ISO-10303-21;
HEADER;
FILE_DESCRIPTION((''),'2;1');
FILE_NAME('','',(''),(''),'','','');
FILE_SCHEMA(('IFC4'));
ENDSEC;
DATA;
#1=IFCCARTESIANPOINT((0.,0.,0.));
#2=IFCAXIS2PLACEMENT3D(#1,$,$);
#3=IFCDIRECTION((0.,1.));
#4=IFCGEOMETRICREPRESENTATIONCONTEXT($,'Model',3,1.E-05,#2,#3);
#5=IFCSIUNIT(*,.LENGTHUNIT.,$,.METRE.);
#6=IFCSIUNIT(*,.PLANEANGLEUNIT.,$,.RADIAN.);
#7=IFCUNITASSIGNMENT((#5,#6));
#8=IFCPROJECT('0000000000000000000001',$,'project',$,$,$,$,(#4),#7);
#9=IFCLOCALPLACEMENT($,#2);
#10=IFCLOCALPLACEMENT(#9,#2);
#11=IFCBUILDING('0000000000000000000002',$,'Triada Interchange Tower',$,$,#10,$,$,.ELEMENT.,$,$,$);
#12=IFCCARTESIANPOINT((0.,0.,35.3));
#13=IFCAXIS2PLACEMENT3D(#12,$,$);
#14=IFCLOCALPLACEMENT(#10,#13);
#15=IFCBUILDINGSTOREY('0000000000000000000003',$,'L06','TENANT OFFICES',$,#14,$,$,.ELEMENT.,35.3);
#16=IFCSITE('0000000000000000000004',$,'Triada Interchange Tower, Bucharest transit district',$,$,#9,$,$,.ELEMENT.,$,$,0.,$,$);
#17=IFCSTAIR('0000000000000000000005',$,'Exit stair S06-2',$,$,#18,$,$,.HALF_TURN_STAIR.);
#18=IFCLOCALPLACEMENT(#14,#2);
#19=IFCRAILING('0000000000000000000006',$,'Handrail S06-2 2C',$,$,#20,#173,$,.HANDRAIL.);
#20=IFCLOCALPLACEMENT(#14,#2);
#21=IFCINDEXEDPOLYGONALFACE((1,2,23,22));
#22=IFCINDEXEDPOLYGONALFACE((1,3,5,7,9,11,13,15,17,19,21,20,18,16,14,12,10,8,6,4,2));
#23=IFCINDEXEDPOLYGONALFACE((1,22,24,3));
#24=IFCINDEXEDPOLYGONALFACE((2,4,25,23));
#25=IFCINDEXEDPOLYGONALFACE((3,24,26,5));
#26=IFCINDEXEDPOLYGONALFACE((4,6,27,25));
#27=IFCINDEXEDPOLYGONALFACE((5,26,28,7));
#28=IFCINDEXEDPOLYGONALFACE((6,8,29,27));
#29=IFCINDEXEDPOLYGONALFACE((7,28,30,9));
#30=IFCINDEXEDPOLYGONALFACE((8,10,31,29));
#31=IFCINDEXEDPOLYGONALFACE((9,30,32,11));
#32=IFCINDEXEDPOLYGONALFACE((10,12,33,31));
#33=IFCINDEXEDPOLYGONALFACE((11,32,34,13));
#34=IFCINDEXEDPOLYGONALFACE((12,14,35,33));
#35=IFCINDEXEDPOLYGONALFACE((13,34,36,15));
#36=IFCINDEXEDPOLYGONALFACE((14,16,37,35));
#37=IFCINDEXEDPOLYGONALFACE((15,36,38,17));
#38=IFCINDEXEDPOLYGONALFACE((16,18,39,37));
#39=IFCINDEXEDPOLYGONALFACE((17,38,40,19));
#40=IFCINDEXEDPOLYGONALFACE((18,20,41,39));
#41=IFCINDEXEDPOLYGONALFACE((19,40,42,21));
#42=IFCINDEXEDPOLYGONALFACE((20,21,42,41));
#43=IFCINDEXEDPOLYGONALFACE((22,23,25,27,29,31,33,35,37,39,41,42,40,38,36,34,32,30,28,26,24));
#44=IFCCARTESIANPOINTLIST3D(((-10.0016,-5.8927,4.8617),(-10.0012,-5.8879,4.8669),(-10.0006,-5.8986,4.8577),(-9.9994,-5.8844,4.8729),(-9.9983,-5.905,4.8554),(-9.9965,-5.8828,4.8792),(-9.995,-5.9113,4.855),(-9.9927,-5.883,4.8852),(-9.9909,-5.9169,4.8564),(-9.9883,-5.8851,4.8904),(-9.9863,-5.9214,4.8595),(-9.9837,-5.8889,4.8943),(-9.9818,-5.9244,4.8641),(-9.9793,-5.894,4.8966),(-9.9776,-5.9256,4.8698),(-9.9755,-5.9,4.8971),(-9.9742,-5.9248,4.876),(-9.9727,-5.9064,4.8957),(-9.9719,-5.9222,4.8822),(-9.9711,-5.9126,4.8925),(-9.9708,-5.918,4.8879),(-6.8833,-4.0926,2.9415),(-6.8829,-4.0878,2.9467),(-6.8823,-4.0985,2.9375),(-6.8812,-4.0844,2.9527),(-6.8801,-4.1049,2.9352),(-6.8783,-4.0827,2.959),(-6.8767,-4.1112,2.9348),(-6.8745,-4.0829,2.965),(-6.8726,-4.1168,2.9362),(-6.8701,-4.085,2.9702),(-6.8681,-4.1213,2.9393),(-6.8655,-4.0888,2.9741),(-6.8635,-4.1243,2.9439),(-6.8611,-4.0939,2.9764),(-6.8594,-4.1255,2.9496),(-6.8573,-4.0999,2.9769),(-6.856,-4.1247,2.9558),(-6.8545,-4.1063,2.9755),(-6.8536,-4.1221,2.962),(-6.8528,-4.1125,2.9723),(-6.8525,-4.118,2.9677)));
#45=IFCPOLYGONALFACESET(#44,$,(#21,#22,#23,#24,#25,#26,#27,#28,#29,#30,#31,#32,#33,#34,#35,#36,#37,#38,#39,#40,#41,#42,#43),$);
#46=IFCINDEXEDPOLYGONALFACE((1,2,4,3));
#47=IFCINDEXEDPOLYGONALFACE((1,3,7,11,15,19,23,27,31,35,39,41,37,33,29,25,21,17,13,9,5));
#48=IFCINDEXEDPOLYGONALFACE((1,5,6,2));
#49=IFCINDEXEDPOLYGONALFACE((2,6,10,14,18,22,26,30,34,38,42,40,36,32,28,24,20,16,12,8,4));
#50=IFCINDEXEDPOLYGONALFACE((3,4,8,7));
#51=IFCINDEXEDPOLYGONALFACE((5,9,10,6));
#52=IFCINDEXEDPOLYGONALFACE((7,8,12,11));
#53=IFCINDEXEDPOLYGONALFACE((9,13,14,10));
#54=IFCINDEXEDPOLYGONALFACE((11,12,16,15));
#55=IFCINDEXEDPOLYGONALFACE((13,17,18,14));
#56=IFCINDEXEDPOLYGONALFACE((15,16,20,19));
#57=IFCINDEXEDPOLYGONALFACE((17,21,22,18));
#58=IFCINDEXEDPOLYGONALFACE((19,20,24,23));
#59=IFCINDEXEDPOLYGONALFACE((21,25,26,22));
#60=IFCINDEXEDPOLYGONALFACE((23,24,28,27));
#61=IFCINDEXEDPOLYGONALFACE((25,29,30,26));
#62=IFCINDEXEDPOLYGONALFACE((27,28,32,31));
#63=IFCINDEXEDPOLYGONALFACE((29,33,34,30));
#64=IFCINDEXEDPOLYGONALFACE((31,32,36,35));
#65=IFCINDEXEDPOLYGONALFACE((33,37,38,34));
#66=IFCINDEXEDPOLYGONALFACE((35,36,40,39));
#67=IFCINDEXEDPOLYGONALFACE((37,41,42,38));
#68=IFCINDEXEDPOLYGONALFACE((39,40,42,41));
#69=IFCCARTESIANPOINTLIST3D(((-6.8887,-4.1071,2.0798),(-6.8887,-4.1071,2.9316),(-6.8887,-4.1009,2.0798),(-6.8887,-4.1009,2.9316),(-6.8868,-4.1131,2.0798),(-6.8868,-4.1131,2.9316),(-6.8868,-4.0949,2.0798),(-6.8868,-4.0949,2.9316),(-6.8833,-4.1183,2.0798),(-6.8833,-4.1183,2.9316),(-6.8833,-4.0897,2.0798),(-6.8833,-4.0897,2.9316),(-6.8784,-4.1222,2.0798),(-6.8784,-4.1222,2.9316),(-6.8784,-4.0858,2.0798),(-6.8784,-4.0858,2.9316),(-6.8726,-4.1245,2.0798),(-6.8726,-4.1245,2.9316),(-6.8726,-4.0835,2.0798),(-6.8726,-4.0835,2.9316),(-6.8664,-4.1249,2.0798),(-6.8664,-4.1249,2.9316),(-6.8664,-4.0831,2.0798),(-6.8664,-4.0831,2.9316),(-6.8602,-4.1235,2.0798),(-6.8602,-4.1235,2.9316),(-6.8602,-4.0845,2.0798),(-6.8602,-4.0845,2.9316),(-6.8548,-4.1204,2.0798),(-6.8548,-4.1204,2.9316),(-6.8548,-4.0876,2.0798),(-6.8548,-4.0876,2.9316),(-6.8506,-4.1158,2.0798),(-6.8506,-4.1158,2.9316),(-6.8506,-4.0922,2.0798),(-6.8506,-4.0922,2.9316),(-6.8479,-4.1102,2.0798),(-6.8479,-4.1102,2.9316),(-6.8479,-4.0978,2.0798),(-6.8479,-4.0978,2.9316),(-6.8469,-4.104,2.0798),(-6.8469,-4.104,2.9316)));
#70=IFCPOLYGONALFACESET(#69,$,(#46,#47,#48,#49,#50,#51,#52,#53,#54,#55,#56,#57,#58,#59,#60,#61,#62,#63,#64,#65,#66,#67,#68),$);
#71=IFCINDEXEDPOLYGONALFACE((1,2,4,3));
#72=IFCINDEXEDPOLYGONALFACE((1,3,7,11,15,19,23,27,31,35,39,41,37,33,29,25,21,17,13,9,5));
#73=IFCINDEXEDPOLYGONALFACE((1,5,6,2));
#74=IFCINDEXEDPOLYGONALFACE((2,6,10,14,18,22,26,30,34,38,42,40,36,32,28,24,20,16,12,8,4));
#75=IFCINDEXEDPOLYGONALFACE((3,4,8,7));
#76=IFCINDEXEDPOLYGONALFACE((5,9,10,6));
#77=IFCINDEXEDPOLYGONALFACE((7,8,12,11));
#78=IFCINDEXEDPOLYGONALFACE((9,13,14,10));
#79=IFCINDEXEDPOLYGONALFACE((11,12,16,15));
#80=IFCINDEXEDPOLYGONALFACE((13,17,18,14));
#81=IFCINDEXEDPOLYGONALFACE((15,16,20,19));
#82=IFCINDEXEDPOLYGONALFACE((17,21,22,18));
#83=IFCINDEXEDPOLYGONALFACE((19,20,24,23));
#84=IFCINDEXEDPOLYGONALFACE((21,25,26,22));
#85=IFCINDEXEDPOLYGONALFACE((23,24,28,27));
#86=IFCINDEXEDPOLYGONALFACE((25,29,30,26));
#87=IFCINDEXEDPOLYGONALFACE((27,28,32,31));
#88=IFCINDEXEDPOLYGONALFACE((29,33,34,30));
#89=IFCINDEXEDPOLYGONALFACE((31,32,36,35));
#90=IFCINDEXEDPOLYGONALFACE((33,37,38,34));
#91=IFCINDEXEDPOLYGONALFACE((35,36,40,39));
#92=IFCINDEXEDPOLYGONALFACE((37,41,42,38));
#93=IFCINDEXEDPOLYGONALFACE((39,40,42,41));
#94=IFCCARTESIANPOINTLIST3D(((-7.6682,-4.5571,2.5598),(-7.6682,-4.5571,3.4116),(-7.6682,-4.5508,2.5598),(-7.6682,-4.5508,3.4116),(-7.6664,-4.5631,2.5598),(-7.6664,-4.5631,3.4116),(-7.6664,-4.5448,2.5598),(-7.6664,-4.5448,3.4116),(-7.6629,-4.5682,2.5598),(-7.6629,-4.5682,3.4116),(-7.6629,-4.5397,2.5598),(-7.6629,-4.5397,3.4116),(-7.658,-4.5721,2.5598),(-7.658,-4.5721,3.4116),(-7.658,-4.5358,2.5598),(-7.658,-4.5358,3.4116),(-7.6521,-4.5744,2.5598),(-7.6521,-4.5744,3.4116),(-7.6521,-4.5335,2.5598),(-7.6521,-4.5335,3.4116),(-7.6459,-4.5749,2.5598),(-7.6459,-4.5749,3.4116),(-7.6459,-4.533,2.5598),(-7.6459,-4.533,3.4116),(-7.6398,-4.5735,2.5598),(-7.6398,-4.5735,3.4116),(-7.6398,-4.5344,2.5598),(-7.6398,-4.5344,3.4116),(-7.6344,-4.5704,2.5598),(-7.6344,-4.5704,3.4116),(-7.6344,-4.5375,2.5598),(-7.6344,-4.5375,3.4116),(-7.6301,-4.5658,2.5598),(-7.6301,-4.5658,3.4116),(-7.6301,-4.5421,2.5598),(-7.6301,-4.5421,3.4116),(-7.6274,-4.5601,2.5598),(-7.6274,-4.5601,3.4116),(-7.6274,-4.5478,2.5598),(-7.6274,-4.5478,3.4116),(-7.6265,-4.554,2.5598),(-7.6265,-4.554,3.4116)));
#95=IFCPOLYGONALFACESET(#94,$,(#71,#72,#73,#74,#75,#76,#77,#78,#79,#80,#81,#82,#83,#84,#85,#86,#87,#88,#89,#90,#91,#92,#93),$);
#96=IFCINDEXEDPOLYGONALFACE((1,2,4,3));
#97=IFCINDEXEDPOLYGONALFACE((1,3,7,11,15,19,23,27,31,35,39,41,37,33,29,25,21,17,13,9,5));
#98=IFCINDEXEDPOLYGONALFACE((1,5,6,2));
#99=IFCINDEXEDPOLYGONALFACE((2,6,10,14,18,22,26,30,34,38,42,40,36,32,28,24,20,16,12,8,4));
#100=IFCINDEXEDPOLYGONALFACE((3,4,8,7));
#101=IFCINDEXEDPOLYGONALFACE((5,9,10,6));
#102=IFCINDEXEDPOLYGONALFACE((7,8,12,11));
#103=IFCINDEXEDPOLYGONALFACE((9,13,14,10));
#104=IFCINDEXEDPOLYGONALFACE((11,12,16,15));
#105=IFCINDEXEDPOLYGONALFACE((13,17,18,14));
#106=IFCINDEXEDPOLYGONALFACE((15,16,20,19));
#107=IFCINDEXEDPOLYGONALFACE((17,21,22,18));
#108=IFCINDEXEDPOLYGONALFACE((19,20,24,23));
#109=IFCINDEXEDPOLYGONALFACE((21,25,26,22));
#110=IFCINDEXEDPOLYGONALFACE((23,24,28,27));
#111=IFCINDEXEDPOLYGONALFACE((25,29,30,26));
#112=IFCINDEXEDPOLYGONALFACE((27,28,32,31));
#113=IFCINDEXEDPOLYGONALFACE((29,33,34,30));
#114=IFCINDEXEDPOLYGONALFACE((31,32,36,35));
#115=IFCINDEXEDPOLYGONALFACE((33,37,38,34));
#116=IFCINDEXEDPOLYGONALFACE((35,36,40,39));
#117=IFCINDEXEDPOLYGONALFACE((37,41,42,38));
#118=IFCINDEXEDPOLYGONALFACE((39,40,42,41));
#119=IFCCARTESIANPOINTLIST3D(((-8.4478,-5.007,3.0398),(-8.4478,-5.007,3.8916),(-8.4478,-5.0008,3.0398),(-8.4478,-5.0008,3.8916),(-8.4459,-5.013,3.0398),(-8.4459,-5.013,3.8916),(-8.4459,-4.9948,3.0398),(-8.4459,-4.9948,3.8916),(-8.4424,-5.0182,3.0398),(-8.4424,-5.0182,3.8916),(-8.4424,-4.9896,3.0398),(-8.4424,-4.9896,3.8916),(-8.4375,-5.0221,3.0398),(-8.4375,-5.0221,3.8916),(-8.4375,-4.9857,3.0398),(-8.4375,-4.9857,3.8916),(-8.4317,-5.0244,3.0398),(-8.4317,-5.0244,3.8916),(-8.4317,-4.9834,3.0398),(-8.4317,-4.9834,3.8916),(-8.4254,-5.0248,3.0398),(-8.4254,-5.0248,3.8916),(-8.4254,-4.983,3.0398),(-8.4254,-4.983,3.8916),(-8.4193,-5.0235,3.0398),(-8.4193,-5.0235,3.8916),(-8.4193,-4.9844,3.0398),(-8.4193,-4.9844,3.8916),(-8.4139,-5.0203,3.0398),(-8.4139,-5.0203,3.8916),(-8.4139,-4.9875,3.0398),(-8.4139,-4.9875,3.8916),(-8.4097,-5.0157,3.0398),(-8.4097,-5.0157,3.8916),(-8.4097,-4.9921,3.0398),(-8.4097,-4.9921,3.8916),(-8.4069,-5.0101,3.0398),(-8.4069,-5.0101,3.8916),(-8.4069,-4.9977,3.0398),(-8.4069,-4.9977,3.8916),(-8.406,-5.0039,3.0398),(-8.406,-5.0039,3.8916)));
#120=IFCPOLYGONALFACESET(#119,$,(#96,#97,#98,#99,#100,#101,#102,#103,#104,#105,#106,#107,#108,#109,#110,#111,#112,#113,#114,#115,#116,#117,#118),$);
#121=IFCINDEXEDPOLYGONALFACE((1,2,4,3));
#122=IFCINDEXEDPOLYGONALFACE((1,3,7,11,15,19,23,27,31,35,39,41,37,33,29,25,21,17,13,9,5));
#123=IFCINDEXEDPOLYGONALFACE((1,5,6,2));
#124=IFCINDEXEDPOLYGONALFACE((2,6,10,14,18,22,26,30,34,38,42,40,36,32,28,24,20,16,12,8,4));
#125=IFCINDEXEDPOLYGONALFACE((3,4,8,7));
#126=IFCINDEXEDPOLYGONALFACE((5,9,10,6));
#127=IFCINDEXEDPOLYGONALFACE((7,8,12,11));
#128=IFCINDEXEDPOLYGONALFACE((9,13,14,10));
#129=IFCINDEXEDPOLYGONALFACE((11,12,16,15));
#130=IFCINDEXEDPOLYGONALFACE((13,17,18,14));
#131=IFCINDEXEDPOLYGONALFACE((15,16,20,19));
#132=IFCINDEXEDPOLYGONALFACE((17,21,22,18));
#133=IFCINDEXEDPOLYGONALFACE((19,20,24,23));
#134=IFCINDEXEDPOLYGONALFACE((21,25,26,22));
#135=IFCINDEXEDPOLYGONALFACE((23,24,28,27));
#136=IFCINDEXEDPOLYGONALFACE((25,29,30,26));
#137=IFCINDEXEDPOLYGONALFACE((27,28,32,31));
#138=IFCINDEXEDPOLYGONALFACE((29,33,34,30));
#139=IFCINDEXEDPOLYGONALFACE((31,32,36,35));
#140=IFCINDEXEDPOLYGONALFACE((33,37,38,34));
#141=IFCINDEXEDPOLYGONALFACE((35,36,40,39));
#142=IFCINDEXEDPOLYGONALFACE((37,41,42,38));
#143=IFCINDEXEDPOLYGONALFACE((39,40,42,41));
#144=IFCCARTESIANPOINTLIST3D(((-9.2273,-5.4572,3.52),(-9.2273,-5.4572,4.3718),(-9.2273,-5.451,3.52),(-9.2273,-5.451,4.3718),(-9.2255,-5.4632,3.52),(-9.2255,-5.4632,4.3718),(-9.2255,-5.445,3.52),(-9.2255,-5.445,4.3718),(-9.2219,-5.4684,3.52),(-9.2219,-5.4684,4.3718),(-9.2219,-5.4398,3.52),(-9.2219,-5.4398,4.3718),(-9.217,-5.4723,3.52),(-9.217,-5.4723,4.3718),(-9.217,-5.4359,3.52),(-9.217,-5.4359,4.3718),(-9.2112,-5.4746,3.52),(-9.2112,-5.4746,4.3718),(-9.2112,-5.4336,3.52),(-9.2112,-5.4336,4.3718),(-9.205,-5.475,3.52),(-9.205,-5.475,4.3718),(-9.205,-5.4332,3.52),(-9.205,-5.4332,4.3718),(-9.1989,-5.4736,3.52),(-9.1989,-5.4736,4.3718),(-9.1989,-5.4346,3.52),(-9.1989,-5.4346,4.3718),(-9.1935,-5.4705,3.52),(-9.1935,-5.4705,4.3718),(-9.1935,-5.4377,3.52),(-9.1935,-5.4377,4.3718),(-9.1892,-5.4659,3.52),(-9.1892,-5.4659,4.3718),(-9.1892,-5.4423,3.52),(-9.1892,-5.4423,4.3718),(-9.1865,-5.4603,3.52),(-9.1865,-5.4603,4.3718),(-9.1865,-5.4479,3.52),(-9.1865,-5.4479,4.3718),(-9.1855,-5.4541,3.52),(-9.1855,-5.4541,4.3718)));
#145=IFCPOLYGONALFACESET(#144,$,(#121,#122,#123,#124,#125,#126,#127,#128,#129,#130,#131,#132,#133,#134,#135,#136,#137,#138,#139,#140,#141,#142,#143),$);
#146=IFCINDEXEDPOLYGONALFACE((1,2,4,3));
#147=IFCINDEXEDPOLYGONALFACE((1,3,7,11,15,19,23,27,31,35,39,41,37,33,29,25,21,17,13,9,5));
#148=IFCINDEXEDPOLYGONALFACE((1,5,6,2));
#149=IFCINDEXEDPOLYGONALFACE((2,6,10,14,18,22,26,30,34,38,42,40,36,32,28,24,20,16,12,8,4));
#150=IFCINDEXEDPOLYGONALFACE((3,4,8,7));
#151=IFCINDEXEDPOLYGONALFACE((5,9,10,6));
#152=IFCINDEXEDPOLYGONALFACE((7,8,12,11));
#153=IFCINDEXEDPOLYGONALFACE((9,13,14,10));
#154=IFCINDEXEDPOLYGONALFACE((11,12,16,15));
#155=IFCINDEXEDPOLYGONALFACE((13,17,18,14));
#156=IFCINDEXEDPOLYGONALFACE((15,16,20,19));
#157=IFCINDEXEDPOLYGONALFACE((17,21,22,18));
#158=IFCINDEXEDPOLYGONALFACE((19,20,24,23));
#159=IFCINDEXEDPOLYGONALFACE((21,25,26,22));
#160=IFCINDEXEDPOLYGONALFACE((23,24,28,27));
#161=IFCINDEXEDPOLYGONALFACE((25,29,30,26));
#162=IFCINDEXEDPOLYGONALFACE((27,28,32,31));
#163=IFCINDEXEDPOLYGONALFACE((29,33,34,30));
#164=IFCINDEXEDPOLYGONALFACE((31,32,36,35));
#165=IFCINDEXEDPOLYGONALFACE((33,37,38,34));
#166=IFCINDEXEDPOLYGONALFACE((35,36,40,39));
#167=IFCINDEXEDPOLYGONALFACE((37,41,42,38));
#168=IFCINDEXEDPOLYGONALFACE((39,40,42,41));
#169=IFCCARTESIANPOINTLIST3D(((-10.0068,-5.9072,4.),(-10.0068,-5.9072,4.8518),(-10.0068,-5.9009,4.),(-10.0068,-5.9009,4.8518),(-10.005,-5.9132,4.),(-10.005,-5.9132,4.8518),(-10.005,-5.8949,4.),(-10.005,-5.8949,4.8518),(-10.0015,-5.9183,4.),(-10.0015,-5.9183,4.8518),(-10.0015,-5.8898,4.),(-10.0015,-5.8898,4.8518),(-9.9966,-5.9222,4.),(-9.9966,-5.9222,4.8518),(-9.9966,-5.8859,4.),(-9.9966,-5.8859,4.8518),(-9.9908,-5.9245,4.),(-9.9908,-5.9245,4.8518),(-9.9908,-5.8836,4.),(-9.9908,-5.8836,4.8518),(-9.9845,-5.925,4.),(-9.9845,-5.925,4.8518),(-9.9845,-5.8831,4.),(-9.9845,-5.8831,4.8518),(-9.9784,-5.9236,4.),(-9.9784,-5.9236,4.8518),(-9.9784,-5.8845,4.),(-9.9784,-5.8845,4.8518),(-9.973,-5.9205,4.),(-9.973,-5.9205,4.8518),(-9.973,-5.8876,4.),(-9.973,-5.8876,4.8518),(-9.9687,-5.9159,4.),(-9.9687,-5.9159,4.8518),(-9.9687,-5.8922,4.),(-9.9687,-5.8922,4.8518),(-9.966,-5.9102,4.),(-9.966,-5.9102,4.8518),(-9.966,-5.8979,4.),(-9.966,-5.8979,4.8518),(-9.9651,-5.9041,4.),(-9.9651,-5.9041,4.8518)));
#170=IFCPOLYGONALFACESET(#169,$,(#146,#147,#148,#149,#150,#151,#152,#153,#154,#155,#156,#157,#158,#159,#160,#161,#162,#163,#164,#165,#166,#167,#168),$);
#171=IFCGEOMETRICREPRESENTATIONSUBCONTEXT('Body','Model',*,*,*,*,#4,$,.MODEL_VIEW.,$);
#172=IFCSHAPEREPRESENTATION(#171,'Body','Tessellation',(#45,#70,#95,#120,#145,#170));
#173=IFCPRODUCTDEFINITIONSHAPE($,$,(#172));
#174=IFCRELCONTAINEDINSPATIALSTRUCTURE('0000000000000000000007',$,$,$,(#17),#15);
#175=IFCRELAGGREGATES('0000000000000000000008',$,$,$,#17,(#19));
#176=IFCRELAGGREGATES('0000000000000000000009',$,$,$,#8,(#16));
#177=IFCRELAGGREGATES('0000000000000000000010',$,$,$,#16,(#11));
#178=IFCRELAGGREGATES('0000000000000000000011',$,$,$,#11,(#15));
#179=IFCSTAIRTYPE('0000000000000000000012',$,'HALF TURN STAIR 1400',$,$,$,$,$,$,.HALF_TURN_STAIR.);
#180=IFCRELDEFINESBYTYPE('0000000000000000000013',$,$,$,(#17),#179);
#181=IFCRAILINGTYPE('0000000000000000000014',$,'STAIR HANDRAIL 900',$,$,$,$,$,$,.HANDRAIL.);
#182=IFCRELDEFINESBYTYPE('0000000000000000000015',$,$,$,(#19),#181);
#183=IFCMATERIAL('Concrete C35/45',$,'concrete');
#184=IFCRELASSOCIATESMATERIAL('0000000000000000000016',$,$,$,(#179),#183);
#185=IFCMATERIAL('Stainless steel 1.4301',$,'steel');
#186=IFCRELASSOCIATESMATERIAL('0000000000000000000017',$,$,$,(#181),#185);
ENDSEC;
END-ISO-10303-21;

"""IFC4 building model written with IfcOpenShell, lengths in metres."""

from ifc_helpers import new_model, si_unit, direction, frame, origin, origin_2d, place, context, subcontext, project, spatial, circle, extrude, material, type_object, element, aggregate, save


model = new_model("IFC4")

# Units and contexts
model_context = context("Model", 3, precision=1e-05, world=origin(), true_north=direction((0.0, 1.0)))
body_context = subcontext(model_context, "Body", "Model", "MODEL_VIEW")
ifc_project = project(units=[si_unit("LENGTHUNIT", "METRE"), si_unit("PLANEANGLEUNIT", "RADIAN")], contexts=[model_context])

# Site, building, storey
site_placement = place(None, origin())
site = spatial("IfcSite", under=ifc_project, at=site_placement, Name="Triada Interchange Tower, Bucharest transit district", CompositionType="ELEMENT", RefElevation=0.0)
building_placement = place(site_placement, origin())
building = spatial("IfcBuilding", under=site, at=building_placement, Name="Triada Interchange Tower", CompositionType="ELEMENT")
storey_placement = place(building_placement, frame((0.0, 0.0, 35.3)))
storey = spatial("IfcBuildingStorey", under=building, at=storey_placement, Name="L06", Description="TENANT OFFICES", CompositionType="ELEMENT", Elevation=35.3)

# Stair, railing
ifc_material_1 = material(Name="Concrete C35/45", Category="concrete")
stair_type = type_object("IfcStairType", Name="HALF TURN STAIR 1400", PredefinedType="HALF_TURN_STAIR", material=ifc_material_1)
stair_placement = place(storey_placement, origin())
stair = element("IfcStair", 1, at=stair_placement, inside=storey, type_object=stair_type, Name="Exit stair S06-2", PredefinedType="HALF_TURN_STAIR")
ifc_material_2 = material(Name="Stainless steel 1.4301", Category="steel")
railing_type = type_object("IfcRailingType", Name="STAIR HANDRAIL 900", PredefinedType="HANDRAIL", material=ifc_material_2)
railing_1_placement = place(storey_placement, frame((-6.8679, -4.104, 2.0798)))
railing_1 = element("IfcRailing", 2, at=railing_1_placement, type_object=railing_type, Name="Handrail S06-2 2C", PredefinedType="HANDRAIL", context=body_context, shape_type="SweptSolid", body=[
    extrude(circle(Radius=0.0239, at=origin_2d()), frame((0.0, 0.0, 0.876), z_axis=(-0.76417, -0.441139, 0.470576), x_axis=(0.499953, -0.866052, 0.0)), (0.0, 0.0, 1.0), 4.0806),
    extrude(circle(Radius=0.021, at=origin_2d()), origin(), (0.0, 0.0, 1.0), 0.8518),
    extrude(circle(Radius=0.021, at=origin_2d()), frame((-0.7795, -0.45, 0.48)), (0.0, 0.0, 1.0), 0.8518),
    extrude(circle(Radius=0.021, at=origin_2d()), frame((-1.5591, -0.8999, 0.96)), (0.0, 0.0, 1.0), 0.8518),
    extrude(circle(Radius=0.021, at=origin_2d()), frame((-2.3386, -1.3501, 1.4402)), (0.0, 0.0, 1.0), 0.8518),
    extrude(circle(Radius=0.021, at=origin_2d()), frame((-3.1182, -1.8, 1.9202)), (0.0, 0.0, 1.0), 0.8518),
])
aggregate(stair, [railing_1])

save(model, "model.ifc")
